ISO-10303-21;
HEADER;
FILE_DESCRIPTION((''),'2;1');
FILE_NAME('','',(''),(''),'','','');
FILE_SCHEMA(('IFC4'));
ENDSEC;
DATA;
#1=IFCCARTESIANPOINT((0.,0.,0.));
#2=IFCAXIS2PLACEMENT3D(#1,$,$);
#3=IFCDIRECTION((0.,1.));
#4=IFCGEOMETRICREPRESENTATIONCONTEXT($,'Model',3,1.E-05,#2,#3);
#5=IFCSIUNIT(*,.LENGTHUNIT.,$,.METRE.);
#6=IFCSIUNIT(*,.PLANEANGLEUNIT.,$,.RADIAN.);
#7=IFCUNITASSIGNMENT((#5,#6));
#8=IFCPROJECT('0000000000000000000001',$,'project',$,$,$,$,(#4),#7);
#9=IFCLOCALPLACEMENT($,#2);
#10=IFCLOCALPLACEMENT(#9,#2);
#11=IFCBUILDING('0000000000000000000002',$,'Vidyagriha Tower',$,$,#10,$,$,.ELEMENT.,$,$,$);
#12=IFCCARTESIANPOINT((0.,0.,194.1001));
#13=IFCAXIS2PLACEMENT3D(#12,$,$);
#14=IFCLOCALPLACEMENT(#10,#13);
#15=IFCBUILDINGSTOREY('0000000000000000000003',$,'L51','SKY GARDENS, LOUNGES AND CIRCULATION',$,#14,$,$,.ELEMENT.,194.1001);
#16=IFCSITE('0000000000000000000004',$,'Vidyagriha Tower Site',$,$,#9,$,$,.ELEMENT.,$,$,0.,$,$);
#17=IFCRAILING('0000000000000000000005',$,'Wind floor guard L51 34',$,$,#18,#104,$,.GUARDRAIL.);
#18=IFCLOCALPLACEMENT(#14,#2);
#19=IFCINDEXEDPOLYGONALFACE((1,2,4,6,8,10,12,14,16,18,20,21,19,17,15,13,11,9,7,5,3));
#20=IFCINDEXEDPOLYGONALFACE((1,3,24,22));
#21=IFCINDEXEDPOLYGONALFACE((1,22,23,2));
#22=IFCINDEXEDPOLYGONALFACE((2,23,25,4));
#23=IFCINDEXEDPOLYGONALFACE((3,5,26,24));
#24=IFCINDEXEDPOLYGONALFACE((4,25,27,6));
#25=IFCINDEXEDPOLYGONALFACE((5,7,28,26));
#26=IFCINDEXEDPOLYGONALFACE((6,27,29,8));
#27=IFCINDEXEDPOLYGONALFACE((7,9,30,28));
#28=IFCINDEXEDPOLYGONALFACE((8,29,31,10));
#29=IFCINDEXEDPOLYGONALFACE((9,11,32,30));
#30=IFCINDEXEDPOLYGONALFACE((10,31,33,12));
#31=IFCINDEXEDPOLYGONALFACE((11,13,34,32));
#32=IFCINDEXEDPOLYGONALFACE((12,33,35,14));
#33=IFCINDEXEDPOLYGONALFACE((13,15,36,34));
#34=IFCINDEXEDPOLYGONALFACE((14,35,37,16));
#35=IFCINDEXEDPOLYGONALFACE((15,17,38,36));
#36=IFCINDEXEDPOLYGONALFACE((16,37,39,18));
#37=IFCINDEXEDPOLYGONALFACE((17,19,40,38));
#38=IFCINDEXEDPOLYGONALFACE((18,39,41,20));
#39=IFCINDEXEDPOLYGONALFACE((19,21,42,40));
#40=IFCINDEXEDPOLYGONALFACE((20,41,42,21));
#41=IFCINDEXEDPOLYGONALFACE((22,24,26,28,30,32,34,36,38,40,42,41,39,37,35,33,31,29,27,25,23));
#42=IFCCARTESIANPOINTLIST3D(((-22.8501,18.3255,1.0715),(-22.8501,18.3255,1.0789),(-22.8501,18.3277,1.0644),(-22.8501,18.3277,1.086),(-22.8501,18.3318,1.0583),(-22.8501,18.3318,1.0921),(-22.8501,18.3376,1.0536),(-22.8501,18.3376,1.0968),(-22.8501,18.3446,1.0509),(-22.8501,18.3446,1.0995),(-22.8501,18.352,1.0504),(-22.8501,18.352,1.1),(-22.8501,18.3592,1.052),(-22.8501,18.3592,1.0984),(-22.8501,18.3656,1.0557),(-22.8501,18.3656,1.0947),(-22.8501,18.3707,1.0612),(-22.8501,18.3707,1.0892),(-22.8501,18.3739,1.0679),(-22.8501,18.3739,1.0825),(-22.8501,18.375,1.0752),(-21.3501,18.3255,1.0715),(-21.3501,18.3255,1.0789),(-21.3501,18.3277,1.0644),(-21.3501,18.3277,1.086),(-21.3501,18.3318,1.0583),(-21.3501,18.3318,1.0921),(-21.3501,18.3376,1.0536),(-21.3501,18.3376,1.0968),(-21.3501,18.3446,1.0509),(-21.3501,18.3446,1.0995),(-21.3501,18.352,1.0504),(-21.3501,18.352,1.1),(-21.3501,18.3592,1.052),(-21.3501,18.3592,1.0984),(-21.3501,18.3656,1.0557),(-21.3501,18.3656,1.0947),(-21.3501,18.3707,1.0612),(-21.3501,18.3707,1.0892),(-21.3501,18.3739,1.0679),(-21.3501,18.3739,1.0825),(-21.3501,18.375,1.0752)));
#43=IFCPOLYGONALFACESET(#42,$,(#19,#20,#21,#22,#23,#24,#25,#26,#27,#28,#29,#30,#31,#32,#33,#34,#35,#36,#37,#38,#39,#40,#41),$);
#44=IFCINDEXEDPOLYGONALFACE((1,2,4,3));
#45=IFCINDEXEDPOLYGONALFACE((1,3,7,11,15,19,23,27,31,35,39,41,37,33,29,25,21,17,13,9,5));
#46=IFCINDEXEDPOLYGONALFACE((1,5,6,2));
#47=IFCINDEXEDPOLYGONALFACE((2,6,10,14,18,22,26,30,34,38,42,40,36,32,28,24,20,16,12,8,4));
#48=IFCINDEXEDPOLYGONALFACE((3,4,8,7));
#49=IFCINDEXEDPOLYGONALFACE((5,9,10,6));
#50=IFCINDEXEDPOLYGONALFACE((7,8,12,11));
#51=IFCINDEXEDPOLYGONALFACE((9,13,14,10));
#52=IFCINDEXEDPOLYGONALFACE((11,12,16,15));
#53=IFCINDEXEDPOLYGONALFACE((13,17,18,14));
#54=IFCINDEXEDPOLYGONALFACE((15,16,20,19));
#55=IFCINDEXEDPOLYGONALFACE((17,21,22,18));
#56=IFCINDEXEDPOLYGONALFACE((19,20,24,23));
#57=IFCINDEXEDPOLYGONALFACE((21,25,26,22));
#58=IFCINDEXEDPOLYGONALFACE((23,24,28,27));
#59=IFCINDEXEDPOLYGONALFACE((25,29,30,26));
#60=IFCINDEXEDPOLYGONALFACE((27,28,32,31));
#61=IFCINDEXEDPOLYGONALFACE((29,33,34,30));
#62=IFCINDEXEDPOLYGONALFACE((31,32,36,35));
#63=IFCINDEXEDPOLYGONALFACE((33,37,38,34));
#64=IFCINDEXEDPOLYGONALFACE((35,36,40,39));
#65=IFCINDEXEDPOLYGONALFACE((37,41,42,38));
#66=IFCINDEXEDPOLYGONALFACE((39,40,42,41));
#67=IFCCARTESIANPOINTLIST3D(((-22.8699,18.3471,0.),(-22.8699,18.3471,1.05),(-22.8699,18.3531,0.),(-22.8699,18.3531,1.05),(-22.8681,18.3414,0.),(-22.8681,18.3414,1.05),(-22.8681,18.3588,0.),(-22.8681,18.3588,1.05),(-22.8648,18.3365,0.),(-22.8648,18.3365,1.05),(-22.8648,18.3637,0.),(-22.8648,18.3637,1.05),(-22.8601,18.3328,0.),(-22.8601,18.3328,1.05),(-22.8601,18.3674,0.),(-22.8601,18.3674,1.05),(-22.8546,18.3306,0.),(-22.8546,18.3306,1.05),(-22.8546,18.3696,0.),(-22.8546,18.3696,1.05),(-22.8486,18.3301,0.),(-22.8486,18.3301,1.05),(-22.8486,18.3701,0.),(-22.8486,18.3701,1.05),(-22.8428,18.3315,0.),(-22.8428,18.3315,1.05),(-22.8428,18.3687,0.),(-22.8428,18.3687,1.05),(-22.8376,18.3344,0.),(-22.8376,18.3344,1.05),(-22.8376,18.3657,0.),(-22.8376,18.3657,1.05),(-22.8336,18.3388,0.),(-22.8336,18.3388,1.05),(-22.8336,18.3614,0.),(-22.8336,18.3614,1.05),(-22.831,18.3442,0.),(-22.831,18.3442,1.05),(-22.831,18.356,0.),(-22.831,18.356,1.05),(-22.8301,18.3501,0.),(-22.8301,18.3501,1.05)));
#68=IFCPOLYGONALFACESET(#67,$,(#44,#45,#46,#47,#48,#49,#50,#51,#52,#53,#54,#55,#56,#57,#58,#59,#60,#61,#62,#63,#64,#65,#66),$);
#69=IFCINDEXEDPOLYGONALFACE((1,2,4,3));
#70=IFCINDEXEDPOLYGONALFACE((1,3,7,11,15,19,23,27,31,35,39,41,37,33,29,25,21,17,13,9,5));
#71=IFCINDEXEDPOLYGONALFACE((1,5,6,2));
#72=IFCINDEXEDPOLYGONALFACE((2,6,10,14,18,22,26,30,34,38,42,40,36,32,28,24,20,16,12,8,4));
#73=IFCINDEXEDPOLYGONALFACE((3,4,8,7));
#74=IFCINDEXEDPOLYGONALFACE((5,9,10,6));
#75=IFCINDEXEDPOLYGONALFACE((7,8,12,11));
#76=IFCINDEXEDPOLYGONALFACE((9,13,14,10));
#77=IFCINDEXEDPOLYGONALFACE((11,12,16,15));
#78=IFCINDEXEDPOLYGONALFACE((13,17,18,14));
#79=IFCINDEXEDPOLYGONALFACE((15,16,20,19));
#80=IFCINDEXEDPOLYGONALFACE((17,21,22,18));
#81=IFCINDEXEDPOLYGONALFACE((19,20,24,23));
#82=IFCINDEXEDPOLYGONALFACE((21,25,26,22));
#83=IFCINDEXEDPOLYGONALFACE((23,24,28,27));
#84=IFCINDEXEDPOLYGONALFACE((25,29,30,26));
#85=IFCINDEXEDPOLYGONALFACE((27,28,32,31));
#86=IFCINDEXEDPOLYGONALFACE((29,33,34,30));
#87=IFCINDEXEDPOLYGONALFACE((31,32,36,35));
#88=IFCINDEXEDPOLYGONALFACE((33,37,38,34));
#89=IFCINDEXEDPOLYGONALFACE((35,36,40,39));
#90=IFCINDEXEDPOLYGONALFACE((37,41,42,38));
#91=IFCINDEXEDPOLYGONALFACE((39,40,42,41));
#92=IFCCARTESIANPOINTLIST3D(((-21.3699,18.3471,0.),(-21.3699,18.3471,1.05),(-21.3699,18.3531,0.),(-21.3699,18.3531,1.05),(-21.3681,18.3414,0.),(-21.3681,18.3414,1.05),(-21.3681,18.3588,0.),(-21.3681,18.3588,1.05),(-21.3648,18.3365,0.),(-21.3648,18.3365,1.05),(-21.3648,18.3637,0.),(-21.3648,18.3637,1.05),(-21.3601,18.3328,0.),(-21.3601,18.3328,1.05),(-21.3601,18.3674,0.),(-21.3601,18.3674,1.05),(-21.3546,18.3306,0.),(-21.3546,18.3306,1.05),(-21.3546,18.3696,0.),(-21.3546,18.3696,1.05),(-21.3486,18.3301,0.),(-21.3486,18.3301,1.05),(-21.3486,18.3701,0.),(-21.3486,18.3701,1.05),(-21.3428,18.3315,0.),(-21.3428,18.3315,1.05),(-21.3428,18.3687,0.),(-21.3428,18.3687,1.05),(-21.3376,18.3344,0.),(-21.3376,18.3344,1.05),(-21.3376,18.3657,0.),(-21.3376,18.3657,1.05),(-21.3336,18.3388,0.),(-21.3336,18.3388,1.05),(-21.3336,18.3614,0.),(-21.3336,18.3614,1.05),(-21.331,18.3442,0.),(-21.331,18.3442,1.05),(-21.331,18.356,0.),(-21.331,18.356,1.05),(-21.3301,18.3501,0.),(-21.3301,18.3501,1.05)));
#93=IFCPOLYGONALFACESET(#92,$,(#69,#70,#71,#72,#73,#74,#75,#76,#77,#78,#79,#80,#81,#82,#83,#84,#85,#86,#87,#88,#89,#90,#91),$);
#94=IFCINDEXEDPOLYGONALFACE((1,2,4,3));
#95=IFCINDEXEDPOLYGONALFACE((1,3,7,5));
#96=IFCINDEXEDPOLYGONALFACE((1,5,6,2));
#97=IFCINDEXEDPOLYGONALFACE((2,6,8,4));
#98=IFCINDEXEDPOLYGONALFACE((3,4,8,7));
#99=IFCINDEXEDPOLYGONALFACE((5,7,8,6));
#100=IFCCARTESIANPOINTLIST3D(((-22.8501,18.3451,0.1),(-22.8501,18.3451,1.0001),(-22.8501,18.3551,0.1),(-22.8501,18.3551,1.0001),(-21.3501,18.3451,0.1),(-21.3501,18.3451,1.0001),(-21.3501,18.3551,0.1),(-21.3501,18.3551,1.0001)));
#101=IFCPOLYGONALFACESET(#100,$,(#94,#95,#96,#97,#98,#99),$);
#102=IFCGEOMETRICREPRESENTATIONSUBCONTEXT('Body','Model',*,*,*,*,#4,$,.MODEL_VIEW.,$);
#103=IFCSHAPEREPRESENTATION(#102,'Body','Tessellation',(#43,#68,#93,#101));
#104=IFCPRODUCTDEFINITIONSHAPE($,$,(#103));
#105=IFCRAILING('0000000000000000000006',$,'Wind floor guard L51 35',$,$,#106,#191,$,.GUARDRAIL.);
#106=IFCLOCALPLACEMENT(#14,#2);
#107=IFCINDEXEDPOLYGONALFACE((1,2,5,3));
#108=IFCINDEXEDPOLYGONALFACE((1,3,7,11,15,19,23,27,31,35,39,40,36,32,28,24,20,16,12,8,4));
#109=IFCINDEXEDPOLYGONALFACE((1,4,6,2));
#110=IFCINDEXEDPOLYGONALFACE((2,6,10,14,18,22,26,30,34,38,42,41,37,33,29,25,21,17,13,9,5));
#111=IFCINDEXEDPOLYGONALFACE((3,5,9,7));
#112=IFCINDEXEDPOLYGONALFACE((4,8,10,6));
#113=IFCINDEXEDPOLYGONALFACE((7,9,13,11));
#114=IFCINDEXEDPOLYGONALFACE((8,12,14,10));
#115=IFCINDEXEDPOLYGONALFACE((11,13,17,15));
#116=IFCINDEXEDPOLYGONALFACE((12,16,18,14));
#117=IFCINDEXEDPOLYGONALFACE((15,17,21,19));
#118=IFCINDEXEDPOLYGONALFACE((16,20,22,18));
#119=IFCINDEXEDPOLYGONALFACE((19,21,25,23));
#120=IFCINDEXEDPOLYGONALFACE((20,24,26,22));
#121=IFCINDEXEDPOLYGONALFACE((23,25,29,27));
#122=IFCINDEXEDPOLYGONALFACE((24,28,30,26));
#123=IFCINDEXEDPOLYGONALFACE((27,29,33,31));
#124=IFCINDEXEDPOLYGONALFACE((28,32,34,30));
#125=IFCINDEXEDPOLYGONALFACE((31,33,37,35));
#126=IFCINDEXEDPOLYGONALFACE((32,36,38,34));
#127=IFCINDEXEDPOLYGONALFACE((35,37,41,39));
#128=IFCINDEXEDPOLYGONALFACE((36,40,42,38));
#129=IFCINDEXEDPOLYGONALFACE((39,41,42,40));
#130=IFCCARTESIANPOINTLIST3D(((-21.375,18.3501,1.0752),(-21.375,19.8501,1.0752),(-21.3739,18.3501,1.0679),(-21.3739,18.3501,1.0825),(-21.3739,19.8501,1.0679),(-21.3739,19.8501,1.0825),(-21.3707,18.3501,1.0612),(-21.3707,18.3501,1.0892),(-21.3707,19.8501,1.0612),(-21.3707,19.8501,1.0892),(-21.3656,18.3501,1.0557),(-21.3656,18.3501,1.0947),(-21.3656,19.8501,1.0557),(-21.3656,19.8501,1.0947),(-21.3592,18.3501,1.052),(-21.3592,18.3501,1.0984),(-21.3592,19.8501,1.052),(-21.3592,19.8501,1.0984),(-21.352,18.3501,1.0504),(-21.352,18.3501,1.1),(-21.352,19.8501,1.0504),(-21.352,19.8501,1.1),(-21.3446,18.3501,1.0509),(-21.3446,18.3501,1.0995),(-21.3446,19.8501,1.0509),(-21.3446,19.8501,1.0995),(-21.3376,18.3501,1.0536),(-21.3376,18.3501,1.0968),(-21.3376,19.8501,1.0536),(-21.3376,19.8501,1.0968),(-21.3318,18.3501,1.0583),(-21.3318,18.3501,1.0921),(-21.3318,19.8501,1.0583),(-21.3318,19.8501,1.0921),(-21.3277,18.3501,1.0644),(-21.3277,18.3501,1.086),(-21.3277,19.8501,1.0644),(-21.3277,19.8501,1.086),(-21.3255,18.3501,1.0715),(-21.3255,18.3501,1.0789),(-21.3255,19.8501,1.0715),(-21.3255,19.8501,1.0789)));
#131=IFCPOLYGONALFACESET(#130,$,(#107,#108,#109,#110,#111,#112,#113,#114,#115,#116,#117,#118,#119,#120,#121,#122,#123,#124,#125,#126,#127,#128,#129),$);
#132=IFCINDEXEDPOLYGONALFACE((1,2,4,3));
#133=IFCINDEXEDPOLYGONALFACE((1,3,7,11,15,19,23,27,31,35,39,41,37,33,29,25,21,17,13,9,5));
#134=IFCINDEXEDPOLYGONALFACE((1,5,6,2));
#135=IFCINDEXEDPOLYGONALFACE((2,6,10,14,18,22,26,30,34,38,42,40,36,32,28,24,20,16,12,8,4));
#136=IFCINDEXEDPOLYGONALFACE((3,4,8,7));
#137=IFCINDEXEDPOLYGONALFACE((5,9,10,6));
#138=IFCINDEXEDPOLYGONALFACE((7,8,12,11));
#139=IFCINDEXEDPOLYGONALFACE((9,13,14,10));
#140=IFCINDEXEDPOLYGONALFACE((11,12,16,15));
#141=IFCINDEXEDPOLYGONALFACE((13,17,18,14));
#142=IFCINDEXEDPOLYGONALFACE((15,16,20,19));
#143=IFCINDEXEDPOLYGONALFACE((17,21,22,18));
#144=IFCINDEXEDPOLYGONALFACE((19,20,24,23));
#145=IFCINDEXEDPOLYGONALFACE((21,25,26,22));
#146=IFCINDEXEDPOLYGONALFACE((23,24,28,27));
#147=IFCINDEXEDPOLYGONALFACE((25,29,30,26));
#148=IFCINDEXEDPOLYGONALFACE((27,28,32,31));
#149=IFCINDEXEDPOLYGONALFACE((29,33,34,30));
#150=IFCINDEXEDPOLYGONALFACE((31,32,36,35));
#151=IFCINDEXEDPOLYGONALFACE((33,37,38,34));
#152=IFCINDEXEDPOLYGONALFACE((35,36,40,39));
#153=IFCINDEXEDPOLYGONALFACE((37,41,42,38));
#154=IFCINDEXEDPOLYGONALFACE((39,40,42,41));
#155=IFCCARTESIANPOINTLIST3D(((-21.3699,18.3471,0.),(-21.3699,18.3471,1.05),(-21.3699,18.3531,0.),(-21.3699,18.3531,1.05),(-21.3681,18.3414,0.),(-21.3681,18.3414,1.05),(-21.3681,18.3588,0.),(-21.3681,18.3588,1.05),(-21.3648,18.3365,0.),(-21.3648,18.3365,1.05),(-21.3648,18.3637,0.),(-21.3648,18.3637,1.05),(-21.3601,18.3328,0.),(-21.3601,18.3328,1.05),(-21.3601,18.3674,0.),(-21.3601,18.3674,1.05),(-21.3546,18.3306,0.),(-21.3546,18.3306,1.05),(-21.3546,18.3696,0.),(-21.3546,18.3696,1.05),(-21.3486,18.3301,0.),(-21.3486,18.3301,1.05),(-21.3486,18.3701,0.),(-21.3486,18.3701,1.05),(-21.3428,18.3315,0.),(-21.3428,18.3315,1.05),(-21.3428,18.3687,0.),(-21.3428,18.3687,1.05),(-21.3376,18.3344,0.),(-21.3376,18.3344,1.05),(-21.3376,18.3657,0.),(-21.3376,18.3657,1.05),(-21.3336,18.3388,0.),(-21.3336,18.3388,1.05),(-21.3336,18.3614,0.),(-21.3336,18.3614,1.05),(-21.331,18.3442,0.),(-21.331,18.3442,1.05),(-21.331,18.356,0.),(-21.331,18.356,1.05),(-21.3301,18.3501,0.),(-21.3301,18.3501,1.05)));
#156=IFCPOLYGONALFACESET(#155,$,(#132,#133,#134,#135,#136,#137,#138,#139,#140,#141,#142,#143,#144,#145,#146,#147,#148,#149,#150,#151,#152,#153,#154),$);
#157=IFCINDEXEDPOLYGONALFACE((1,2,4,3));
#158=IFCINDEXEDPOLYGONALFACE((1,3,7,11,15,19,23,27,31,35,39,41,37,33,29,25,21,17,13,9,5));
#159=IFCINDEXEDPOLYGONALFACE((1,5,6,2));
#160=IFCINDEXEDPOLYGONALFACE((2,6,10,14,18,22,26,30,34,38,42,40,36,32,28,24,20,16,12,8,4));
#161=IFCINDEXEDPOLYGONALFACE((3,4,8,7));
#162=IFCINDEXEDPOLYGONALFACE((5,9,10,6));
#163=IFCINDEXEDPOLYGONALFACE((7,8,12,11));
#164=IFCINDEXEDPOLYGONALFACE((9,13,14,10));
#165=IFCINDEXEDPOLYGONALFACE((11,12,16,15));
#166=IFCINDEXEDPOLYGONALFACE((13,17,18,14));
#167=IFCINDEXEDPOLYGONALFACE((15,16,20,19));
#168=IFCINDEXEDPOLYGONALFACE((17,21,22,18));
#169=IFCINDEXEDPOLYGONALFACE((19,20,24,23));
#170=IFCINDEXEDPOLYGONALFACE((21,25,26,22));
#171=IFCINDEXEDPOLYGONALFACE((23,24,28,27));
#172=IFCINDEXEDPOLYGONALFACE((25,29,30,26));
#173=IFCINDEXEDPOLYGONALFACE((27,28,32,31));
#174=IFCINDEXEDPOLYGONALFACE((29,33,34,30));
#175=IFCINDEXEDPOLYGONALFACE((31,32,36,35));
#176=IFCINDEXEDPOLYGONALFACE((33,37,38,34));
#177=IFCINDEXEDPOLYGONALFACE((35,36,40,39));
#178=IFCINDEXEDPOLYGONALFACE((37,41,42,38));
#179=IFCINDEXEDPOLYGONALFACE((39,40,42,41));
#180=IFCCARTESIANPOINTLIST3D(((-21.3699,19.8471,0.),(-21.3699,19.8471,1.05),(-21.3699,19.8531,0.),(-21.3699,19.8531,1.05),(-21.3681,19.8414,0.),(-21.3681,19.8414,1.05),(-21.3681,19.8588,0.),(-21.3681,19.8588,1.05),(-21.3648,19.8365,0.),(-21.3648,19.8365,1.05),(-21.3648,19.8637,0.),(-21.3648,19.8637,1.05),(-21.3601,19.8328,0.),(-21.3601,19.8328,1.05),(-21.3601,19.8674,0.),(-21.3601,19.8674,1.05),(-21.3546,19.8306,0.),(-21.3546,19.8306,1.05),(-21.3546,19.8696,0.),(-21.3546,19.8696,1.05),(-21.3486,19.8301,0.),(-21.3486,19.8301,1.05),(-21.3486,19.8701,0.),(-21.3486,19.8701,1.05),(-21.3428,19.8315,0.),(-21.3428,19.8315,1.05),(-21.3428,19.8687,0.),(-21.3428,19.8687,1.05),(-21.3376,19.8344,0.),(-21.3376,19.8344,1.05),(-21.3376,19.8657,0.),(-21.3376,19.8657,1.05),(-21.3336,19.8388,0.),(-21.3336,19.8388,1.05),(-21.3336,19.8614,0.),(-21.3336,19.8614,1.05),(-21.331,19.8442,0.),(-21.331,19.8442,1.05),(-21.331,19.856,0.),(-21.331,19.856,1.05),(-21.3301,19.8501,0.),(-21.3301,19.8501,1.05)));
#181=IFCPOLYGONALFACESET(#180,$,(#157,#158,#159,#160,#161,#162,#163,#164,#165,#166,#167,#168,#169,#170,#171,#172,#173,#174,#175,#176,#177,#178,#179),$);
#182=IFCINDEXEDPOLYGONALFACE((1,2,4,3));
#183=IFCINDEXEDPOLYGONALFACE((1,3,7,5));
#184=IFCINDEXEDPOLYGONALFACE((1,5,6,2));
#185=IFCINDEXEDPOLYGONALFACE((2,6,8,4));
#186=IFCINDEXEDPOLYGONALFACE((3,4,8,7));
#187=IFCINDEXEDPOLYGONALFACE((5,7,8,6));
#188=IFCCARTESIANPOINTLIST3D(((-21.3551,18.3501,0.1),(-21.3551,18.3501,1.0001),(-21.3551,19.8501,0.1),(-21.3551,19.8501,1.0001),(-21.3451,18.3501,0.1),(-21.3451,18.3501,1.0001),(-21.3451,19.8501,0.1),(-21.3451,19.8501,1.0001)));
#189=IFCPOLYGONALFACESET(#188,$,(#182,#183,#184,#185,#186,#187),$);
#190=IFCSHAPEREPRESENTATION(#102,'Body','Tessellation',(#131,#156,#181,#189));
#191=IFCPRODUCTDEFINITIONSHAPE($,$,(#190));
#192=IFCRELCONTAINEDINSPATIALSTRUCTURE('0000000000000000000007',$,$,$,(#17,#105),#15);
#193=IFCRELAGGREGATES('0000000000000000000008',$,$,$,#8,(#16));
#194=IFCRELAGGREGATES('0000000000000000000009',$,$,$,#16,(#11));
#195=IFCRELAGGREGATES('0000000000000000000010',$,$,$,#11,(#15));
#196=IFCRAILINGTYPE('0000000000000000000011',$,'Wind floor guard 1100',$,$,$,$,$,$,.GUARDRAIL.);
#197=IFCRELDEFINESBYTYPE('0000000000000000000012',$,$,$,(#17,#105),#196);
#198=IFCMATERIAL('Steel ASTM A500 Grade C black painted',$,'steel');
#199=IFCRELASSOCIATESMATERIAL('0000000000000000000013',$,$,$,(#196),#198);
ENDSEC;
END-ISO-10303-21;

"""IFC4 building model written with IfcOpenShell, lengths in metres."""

from ifc_helpers import new_model, si_unit, direction, frame, origin, origin_2d, place, context, subcontext, project, spatial, rectangle, circle, extrude, material, type_object, element, save


model = new_model("IFC4")

# Units and contexts
model_context = context("Model", 3, precision=1e-05, world=origin(), true_north=direction((0.0, 1.0)))
body_context = subcontext(model_context, "Body", "Model", "MODEL_VIEW")
ifc_project = project(units=[si_unit("LENGTHUNIT", "METRE"), si_unit("PLANEANGLEUNIT", "RADIAN")], contexts=[model_context])

# Site, building, storey
site_placement = place(None, origin())
site = spatial("IfcSite", under=ifc_project, at=site_placement, Name="Vidyagriha Tower Site", CompositionType="ELEMENT", RefElevation=0.0)
building_placement = place(site_placement, origin())
building = spatial("IfcBuilding", under=site, at=building_placement, Name="Vidyagriha Tower", CompositionType="ELEMENT")
storey_placement = place(building_placement, frame((0.0, 0.0, 194.1001)))
storey = spatial("IfcBuildingStorey", under=building, at=storey_placement, Name="L51", Description="SKY GARDENS, LOUNGES AND CIRCULATION", CompositionType="ELEMENT", Elevation=194.1001)

# Railings
ifc_material_1 = material(Name="Steel ASTM A500 Grade C black painted", Category="steel")
railing_type_1 = type_object("IfcRailingType", Name="Wind floor guard 1100", PredefinedType="GUARDRAIL", material=ifc_material_1)
railing_1_placement = place(storey_placement, frame((-22.8501, 18.3501, 0.0)))
element("IfcRailing", 1, at=railing_1_placement, inside=storey, type_object=railing_type_1, Name="Wind floor guard L51 34", PredefinedType="GUARDRAIL", context=body_context, shape_type="SweptSolid", body=[
    extrude(circle(Radius=0.0249, at=origin_2d()), frame((0.0, 0.0, 1.0752), z_axis=(1.0, 0.0, 0.0), x_axis=(0.0, 1.0, 0.0)), (0.0, 0.0, 1.0), 1.5),
    extrude(circle(Radius=0.02, at=origin_2d()), origin(), (0.0, 0.0, 1.0), 1.05),
    extrude(circle(Radius=0.02, at=origin_2d()), frame((1.5, 0.0, 0.0)), (0.0, 0.0, 1.0), 1.05),
    extrude(rectangle(XDim=0.01, YDim=0.9001, at=origin_2d()), frame((0.0, 0.0, 0.55), z_axis=(1.0, 0.0, 0.0), x_axis=(0.0, 1.0, 0.0)), (0.0, 0.0, 1.0), 1.5),
])
railing_2_placement = place(storey_placement, frame((-21.3501, 18.3501, 0.0)))
element("IfcRailing", 2, at=railing_2_placement, inside=storey, type_object=railing_type_1, Name="Wind floor guard L51 35", PredefinedType="GUARDRAIL", context=body_context, shape_type="SweptSolid", body=[
    extrude(circle(Radius=0.0249, at=origin_2d()), frame((0.0, 0.0, 1.0752), z_axis=(0.0, 1.0, 0.0), x_axis=(-1.0, 0.0, 0.0)), (0.0, 0.0, 1.0), 1.5),
    extrude(circle(Radius=0.02, at=origin_2d()), origin(), (0.0, 0.0, 1.0), 1.05),
    extrude(circle(Radius=0.02, at=origin_2d()), frame((0.0, 1.5, 0.0)), (0.0, 0.0, 1.0), 1.05),
    extrude(rectangle(XDim=0.01, YDim=0.9001, at=origin_2d()), frame((0.0, 0.0, 0.55), z_axis=(0.0, 1.0, 0.0), x_axis=(-1.0, 0.0, 0.0)), (0.0, 0.0, 1.0), 1.5),
])

save(model, "model.ifc")
